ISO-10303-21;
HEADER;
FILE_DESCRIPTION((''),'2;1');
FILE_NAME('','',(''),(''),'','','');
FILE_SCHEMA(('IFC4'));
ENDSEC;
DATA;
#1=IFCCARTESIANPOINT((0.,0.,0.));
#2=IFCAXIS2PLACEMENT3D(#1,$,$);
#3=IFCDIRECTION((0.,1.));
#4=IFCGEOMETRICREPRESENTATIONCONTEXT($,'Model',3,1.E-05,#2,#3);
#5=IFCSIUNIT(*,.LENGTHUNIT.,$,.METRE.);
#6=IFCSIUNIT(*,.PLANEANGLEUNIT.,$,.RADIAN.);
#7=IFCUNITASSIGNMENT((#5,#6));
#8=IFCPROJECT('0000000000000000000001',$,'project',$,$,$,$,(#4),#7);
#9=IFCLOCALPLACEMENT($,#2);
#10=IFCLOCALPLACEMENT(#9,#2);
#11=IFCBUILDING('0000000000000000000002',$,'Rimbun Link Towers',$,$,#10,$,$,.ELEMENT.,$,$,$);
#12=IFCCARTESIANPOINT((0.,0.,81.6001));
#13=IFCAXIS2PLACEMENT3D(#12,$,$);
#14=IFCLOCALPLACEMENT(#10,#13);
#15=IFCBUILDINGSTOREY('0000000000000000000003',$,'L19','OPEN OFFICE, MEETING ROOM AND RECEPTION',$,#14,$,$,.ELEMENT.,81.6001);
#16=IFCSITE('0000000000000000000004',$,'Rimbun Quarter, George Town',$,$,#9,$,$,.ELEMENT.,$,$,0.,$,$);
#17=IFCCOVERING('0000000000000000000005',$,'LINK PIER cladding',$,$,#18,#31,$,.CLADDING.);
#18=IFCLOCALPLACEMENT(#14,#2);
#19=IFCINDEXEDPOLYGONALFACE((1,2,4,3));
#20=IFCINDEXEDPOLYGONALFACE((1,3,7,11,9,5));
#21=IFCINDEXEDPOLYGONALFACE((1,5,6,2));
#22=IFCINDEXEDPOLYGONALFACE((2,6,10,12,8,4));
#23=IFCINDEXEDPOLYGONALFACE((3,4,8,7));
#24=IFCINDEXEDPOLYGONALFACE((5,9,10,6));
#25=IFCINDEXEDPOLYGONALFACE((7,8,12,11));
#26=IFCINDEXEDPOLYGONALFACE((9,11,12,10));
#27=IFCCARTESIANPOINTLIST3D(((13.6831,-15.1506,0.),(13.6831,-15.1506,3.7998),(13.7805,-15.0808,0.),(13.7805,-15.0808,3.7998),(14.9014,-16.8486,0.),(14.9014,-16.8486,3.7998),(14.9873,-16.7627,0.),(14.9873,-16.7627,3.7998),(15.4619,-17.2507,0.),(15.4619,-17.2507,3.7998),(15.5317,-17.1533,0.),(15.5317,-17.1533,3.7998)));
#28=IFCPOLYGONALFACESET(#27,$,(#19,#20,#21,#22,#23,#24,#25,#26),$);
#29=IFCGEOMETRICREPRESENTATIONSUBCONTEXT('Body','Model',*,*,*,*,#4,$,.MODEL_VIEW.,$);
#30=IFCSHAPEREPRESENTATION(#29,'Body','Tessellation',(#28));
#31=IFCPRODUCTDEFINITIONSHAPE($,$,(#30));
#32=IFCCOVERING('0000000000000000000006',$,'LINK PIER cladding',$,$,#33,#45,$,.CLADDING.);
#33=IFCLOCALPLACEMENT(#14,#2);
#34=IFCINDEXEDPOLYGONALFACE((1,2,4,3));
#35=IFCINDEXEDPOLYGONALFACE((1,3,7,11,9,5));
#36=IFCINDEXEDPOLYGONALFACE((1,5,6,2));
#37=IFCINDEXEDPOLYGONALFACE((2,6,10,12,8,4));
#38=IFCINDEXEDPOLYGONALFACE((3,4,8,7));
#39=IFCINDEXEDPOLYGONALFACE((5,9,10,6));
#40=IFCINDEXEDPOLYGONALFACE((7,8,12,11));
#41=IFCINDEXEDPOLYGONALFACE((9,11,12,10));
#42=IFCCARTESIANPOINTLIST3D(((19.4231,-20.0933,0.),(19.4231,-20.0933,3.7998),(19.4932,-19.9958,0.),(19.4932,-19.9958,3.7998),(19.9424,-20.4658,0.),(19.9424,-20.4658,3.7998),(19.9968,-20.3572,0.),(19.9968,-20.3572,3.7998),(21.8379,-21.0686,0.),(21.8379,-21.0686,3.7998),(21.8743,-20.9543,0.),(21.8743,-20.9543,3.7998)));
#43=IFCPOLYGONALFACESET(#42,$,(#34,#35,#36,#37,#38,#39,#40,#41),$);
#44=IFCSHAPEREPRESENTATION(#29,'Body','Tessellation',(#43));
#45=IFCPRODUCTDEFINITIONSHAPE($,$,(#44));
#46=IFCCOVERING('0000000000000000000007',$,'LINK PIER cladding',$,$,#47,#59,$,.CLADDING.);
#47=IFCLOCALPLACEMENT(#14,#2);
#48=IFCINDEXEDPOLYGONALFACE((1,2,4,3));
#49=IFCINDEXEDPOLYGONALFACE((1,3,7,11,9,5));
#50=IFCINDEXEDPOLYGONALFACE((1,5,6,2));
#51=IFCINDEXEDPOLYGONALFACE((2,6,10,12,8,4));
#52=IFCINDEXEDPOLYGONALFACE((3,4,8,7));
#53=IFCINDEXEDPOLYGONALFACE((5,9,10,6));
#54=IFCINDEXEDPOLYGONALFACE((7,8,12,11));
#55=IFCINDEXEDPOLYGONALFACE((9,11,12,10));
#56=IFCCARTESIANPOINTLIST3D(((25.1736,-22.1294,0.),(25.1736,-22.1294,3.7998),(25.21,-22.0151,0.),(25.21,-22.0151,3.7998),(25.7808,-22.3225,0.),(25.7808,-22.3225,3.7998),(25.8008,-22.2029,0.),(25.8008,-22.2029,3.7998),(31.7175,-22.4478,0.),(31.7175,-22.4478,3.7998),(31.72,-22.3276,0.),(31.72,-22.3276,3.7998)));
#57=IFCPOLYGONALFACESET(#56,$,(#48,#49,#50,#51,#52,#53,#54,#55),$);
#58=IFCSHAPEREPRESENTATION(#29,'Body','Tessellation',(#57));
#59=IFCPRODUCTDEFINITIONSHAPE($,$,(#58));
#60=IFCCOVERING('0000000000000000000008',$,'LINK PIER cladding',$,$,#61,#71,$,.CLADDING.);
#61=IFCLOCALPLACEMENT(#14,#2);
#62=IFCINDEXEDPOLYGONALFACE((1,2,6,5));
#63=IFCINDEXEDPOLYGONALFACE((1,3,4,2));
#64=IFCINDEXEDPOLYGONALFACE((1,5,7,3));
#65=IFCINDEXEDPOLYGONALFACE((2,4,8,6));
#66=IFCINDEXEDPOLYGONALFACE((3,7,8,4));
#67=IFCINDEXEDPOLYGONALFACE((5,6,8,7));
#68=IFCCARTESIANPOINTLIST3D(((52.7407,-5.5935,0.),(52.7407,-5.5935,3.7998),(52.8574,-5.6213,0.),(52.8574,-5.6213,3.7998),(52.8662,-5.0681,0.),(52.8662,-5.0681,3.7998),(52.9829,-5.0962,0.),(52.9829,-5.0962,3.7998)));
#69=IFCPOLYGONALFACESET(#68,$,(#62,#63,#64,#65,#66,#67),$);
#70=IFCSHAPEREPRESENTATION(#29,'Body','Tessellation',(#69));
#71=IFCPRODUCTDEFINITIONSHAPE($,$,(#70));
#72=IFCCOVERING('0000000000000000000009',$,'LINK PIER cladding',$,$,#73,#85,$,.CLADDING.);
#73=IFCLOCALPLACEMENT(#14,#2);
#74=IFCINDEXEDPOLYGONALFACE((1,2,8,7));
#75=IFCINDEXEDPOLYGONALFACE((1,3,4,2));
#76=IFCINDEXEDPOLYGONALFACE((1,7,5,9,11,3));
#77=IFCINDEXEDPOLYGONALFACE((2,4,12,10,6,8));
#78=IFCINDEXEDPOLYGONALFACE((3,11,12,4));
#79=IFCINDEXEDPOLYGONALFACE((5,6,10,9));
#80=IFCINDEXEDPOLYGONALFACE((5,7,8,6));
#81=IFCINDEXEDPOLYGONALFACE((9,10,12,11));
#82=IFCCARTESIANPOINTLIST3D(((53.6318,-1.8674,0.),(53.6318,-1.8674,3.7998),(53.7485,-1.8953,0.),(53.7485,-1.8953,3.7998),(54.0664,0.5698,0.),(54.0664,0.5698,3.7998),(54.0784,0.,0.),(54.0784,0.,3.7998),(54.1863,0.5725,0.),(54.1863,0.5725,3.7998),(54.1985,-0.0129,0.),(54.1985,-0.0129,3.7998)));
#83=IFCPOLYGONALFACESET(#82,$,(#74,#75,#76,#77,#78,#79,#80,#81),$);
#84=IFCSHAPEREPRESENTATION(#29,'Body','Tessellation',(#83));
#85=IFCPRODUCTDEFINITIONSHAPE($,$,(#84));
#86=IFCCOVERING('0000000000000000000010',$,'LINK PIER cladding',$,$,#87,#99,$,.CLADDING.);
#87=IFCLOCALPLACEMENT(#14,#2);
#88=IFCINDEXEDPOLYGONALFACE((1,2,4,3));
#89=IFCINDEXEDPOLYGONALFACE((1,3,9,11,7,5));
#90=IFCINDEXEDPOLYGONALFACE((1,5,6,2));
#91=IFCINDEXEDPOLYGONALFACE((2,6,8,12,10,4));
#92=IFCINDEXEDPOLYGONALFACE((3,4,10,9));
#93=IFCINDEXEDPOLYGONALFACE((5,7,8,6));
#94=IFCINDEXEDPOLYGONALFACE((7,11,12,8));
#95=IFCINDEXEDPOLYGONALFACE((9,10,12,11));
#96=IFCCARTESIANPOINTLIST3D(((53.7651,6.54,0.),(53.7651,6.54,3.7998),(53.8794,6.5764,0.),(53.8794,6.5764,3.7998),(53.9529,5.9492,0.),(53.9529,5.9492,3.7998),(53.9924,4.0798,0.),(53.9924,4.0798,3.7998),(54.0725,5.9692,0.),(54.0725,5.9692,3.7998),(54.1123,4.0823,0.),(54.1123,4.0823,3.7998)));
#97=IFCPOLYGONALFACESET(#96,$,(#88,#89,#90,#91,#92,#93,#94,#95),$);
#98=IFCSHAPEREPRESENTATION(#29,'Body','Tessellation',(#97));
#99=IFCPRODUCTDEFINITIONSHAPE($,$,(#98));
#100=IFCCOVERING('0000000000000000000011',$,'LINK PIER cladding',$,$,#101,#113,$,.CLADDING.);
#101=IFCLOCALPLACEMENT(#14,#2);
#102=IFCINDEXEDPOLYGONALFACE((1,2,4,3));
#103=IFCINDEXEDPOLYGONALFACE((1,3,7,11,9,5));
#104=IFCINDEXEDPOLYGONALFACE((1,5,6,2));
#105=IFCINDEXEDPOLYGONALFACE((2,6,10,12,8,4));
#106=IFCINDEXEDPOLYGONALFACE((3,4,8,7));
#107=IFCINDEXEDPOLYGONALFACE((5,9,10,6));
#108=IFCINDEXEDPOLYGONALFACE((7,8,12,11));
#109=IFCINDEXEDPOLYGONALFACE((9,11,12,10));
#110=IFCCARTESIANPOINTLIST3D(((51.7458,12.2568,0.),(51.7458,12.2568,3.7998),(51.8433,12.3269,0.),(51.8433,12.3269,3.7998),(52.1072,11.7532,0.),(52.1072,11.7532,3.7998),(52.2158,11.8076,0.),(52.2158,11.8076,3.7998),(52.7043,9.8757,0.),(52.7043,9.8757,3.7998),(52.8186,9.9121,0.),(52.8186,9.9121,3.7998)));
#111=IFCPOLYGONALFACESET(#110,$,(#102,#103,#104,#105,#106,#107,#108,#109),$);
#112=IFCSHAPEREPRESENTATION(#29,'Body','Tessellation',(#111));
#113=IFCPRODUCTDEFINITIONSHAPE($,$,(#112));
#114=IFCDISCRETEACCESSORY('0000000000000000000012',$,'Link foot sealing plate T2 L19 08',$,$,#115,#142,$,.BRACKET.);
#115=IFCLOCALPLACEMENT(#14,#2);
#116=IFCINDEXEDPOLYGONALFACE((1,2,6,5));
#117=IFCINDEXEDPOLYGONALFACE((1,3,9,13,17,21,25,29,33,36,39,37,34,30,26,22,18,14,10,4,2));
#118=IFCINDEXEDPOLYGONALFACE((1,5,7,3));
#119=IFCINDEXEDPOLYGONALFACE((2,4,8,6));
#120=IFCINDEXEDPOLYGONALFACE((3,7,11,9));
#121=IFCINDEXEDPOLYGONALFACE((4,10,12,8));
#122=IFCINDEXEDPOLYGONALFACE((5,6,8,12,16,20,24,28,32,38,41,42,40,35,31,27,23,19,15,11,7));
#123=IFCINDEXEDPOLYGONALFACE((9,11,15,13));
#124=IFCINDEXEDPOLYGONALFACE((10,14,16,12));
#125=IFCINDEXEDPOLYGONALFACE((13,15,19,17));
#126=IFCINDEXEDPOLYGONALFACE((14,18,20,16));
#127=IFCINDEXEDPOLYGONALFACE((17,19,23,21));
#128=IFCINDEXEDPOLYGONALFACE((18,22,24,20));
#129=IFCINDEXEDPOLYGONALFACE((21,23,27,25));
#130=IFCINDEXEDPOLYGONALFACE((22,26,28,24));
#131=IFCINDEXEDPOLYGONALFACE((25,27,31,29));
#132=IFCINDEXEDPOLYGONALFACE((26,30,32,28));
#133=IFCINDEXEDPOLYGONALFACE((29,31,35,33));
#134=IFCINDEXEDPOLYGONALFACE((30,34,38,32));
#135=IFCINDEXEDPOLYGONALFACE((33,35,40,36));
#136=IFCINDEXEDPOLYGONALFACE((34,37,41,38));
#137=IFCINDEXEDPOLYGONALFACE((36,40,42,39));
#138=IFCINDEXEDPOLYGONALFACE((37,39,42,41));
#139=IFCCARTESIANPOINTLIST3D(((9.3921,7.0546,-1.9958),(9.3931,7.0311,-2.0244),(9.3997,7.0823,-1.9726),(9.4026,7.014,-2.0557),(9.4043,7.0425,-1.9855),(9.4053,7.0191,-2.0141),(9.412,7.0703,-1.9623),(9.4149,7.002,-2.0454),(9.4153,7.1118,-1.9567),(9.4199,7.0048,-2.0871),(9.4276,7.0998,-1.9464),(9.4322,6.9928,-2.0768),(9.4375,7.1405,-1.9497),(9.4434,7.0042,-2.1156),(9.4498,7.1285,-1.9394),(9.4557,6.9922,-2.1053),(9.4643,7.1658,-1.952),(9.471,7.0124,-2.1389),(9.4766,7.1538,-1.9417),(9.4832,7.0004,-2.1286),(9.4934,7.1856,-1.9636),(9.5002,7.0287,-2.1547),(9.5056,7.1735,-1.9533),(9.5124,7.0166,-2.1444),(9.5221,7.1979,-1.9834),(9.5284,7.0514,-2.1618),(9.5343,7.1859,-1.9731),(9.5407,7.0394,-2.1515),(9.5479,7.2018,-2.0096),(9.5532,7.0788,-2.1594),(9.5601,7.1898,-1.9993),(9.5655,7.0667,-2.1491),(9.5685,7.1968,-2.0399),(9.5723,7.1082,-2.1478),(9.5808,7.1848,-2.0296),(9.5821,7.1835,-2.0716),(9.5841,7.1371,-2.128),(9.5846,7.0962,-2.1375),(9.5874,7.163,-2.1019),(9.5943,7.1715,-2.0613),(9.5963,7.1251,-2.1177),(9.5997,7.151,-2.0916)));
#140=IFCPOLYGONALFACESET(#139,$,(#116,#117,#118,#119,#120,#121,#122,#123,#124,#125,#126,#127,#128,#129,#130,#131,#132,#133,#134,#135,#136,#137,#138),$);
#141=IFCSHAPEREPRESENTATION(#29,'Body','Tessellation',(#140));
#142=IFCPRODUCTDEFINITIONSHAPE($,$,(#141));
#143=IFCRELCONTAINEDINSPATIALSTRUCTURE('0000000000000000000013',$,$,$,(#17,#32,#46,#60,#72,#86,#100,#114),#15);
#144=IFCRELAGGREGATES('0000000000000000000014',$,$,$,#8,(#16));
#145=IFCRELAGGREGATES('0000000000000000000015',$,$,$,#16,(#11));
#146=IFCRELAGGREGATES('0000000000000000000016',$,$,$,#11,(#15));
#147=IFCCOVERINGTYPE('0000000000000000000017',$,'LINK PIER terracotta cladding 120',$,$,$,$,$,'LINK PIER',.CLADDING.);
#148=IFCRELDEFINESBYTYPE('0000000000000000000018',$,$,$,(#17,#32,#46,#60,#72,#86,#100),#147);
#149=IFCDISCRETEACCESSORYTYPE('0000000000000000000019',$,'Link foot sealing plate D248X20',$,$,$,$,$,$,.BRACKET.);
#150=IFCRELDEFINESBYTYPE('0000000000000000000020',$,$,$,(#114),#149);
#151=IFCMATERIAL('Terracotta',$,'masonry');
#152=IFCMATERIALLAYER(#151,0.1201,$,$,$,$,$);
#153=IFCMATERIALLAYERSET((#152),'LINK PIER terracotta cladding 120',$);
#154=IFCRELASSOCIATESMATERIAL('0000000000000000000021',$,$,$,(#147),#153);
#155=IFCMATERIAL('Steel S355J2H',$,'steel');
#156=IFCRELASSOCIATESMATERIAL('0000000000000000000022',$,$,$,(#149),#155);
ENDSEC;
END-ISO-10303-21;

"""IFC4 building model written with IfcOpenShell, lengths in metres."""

from ifc_helpers import new_model, si_unit, direction, frame, origin, origin_2d, place, context, subcontext, project, spatial, polyline, circle, outline, extrude, material, layer, layer_set, material_profile, profile_set, type_object, element, save


model = new_model("IFC4")

# Units and contexts
model_context = context("Model", 3, precision=1e-05, world=origin(), true_north=direction((0.0, 1.0)))
body_context = subcontext(model_context, "Body", "Model", "MODEL_VIEW")
ifc_project = project(units=[si_unit("LENGTHUNIT", "METRE"), si_unit("PLANEANGLEUNIT", "RADIAN")], contexts=[model_context])

# Site, building, storey
site_placement = place(None, origin())
site = spatial("IfcSite", under=ifc_project, at=site_placement, Name="Rimbun Quarter, George Town", CompositionType="ELEMENT", RefElevation=0.0)
building_placement = place(site_placement, origin())
building = spatial("IfcBuilding", under=site, at=building_placement, Name="Rimbun Link Towers", CompositionType="ELEMENT")
storey_placement = place(building_placement, frame((0.0, 0.0, 81.6001)))
storey = spatial("IfcBuildingStorey", under=building, at=storey_placement, Name="L19", Description="OPEN OFFICE, MEETING ROOM AND RECEPTION", CompositionType="ELEMENT", Elevation=81.6001)

# Coverings
ifc_material_1 = material(Name="Terracotta", Category="masonry")
ifc_layer_1 = layer(ifc_material_1, 0.1201)
ifc_layer_set_1 = layer_set([ifc_layer_1], Name="LINK PIER terracotta cladding 120")
covering_type_1 = type_object("IfcCoveringType", Name="LINK PIER terracotta cladding 120", ElementType="LINK PIER", PredefinedType="CLADDING", material=ifc_layer_set_1)
covering_1_placement = place(storey_placement, origin())
element("IfcCovering", 1, at=covering_1_placement, inside=storey, type_object=covering_type_1, Name="LINK PIER cladding", PredefinedType="CLADDING", context=body_context, shape_type="SweptSolid", body=[
    extrude(outline(polyline([(15.5317, -17.1533), (14.9873, -16.7627), (13.7805, -15.0808), (13.6831, -15.1506), (14.9014, -16.8486), (15.4619, -17.2507), (15.5317, -17.1533)])), origin(), (0.0, 0.0, 1.0), 3.7998),
])
covering_2_placement = place(storey_placement, origin())
element("IfcCovering", 2, at=covering_2_placement, inside=storey, type_object=covering_type_1, Name="LINK PIER cladding", PredefinedType="CLADDING", context=body_context, shape_type="SweptSolid", body=[
    extrude(outline(polyline([(21.8743, -20.9543), (19.9968, -20.3572), (19.4932, -19.9958), (19.4231, -20.0933), (19.9424, -20.4658), (21.8379, -21.0686), (21.8743, -20.9543)])), origin(), (0.0, 0.0, 1.0), 3.7998),
])
covering_3_placement = place(storey_placement, origin())
element("IfcCovering", 3, at=covering_3_placement, inside=storey, type_object=covering_type_1, Name="LINK PIER cladding", PredefinedType="CLADDING", context=body_context, shape_type="SweptSolid", body=[
    extrude(outline(polyline([(31.72, -22.3276), (25.8008, -22.2029), (25.21, -22.0151), (25.1736, -22.1294), (25.7808, -22.3225), (31.7175, -22.4478), (31.72, -22.3276)])), origin(), (0.0, 0.0, 1.0), 3.7998),
])
covering_4_placement = place(storey_placement, origin())
element("IfcCovering", 4, at=covering_4_placement, inside=storey, type_object=covering_type_1, Name="LINK PIER cladding", PredefinedType="CLADDING", context=body_context, shape_type="SweptSolid", body=[
    extrude(outline(polyline([(52.8662, -5.0681), (52.7407, -5.5935), (52.8574, -5.6213), (52.9829, -5.0962), (52.8662, -5.0681)])), origin(), (0.0, 0.0, 1.0), 3.7998),
])
covering_5_placement = place(storey_placement, origin())
element("IfcCovering", 5, at=covering_5_placement, inside=storey, type_object=covering_type_1, Name="LINK PIER cladding", PredefinedType="CLADDING", context=body_context, shape_type="SweptSolid", body=[
    extrude(outline(polyline([(54.0664, 0.5698), (54.0784, 0.0), (53.6318, -1.8674), (53.7485, -1.8953), (54.1985, -0.0129), (54.1863, 0.5725), (54.0664, 0.5698)])), origin(), (0.0, 0.0, 1.0), 3.7998),
])
covering_6_placement = place(storey_placement, origin())
element("IfcCovering", 6, at=covering_6_placement, inside=storey, type_object=covering_type_1, Name="LINK PIER cladding", PredefinedType="CLADDING", context=body_context, shape_type="SweptSolid", body=[
    extrude(outline(polyline([(53.7651, 6.54), (53.9529, 5.9492), (53.9924, 4.0798), (54.1123, 4.0823), (54.0725, 5.9692), (53.8794, 6.5764), (53.7651, 6.54)])), origin(), (0.0, 0.0, 1.0), 3.7998),
])
covering_7_placement = place(storey_placement, origin())
element("IfcCovering", 7, at=covering_7_placement, inside=storey, type_object=covering_type_1, Name="LINK PIER cladding", PredefinedType="CLADDING", context=body_context, shape_type="SweptSolid", body=[
    extrude(outline(polyline([(51.7458, 12.2568), (52.1072, 11.7532), (52.7043, 9.8757), (52.8186, 9.9121), (52.2158, 11.8076), (51.8433, 12.3269), (51.7458, 12.2568)])), origin(), (0.0, 0.0, 1.0), 3.7998),
])

# Discrete accessory
ifc_material_2 = material(Name="Steel S355J2H", Category="steel")
ifc_material_profile_1 = material_profile(ifc_material_2, circle(Radius=0.124, at=origin_2d()), Name="PL D248")
ifc_profile_set_1 = profile_set([ifc_material_profile_1], Name="Steel S355J2H")
discrete_accessory_type = type_object("IfcDiscreteAccessoryType", Name="Link foot sealing plate D248X20", PredefinedType="BRACKET", material=ifc_profile_set_1)
discrete_accessory_placement = place(storey_placement, frame((9.5017, 7.0906, -2.0454), z_axis=(-0.612449, 0.6002, -0.514457), x_axis=(-0.699929, -0.714213, 0.0)))
element("IfcDiscreteAccessory", 8, at=discrete_accessory_placement, inside=storey, type_object=discrete_accessory_type, Name="Link foot sealing plate T2 L19 08", PredefinedType="BRACKET", context=body_context, shape_type="SweptSolid", body=[
    extrude(circle(Radius=0.124, at=origin_2d()), origin(), (0.0, 0.0, 1.0), 0.02),
])

save(model, "model.ifc")
